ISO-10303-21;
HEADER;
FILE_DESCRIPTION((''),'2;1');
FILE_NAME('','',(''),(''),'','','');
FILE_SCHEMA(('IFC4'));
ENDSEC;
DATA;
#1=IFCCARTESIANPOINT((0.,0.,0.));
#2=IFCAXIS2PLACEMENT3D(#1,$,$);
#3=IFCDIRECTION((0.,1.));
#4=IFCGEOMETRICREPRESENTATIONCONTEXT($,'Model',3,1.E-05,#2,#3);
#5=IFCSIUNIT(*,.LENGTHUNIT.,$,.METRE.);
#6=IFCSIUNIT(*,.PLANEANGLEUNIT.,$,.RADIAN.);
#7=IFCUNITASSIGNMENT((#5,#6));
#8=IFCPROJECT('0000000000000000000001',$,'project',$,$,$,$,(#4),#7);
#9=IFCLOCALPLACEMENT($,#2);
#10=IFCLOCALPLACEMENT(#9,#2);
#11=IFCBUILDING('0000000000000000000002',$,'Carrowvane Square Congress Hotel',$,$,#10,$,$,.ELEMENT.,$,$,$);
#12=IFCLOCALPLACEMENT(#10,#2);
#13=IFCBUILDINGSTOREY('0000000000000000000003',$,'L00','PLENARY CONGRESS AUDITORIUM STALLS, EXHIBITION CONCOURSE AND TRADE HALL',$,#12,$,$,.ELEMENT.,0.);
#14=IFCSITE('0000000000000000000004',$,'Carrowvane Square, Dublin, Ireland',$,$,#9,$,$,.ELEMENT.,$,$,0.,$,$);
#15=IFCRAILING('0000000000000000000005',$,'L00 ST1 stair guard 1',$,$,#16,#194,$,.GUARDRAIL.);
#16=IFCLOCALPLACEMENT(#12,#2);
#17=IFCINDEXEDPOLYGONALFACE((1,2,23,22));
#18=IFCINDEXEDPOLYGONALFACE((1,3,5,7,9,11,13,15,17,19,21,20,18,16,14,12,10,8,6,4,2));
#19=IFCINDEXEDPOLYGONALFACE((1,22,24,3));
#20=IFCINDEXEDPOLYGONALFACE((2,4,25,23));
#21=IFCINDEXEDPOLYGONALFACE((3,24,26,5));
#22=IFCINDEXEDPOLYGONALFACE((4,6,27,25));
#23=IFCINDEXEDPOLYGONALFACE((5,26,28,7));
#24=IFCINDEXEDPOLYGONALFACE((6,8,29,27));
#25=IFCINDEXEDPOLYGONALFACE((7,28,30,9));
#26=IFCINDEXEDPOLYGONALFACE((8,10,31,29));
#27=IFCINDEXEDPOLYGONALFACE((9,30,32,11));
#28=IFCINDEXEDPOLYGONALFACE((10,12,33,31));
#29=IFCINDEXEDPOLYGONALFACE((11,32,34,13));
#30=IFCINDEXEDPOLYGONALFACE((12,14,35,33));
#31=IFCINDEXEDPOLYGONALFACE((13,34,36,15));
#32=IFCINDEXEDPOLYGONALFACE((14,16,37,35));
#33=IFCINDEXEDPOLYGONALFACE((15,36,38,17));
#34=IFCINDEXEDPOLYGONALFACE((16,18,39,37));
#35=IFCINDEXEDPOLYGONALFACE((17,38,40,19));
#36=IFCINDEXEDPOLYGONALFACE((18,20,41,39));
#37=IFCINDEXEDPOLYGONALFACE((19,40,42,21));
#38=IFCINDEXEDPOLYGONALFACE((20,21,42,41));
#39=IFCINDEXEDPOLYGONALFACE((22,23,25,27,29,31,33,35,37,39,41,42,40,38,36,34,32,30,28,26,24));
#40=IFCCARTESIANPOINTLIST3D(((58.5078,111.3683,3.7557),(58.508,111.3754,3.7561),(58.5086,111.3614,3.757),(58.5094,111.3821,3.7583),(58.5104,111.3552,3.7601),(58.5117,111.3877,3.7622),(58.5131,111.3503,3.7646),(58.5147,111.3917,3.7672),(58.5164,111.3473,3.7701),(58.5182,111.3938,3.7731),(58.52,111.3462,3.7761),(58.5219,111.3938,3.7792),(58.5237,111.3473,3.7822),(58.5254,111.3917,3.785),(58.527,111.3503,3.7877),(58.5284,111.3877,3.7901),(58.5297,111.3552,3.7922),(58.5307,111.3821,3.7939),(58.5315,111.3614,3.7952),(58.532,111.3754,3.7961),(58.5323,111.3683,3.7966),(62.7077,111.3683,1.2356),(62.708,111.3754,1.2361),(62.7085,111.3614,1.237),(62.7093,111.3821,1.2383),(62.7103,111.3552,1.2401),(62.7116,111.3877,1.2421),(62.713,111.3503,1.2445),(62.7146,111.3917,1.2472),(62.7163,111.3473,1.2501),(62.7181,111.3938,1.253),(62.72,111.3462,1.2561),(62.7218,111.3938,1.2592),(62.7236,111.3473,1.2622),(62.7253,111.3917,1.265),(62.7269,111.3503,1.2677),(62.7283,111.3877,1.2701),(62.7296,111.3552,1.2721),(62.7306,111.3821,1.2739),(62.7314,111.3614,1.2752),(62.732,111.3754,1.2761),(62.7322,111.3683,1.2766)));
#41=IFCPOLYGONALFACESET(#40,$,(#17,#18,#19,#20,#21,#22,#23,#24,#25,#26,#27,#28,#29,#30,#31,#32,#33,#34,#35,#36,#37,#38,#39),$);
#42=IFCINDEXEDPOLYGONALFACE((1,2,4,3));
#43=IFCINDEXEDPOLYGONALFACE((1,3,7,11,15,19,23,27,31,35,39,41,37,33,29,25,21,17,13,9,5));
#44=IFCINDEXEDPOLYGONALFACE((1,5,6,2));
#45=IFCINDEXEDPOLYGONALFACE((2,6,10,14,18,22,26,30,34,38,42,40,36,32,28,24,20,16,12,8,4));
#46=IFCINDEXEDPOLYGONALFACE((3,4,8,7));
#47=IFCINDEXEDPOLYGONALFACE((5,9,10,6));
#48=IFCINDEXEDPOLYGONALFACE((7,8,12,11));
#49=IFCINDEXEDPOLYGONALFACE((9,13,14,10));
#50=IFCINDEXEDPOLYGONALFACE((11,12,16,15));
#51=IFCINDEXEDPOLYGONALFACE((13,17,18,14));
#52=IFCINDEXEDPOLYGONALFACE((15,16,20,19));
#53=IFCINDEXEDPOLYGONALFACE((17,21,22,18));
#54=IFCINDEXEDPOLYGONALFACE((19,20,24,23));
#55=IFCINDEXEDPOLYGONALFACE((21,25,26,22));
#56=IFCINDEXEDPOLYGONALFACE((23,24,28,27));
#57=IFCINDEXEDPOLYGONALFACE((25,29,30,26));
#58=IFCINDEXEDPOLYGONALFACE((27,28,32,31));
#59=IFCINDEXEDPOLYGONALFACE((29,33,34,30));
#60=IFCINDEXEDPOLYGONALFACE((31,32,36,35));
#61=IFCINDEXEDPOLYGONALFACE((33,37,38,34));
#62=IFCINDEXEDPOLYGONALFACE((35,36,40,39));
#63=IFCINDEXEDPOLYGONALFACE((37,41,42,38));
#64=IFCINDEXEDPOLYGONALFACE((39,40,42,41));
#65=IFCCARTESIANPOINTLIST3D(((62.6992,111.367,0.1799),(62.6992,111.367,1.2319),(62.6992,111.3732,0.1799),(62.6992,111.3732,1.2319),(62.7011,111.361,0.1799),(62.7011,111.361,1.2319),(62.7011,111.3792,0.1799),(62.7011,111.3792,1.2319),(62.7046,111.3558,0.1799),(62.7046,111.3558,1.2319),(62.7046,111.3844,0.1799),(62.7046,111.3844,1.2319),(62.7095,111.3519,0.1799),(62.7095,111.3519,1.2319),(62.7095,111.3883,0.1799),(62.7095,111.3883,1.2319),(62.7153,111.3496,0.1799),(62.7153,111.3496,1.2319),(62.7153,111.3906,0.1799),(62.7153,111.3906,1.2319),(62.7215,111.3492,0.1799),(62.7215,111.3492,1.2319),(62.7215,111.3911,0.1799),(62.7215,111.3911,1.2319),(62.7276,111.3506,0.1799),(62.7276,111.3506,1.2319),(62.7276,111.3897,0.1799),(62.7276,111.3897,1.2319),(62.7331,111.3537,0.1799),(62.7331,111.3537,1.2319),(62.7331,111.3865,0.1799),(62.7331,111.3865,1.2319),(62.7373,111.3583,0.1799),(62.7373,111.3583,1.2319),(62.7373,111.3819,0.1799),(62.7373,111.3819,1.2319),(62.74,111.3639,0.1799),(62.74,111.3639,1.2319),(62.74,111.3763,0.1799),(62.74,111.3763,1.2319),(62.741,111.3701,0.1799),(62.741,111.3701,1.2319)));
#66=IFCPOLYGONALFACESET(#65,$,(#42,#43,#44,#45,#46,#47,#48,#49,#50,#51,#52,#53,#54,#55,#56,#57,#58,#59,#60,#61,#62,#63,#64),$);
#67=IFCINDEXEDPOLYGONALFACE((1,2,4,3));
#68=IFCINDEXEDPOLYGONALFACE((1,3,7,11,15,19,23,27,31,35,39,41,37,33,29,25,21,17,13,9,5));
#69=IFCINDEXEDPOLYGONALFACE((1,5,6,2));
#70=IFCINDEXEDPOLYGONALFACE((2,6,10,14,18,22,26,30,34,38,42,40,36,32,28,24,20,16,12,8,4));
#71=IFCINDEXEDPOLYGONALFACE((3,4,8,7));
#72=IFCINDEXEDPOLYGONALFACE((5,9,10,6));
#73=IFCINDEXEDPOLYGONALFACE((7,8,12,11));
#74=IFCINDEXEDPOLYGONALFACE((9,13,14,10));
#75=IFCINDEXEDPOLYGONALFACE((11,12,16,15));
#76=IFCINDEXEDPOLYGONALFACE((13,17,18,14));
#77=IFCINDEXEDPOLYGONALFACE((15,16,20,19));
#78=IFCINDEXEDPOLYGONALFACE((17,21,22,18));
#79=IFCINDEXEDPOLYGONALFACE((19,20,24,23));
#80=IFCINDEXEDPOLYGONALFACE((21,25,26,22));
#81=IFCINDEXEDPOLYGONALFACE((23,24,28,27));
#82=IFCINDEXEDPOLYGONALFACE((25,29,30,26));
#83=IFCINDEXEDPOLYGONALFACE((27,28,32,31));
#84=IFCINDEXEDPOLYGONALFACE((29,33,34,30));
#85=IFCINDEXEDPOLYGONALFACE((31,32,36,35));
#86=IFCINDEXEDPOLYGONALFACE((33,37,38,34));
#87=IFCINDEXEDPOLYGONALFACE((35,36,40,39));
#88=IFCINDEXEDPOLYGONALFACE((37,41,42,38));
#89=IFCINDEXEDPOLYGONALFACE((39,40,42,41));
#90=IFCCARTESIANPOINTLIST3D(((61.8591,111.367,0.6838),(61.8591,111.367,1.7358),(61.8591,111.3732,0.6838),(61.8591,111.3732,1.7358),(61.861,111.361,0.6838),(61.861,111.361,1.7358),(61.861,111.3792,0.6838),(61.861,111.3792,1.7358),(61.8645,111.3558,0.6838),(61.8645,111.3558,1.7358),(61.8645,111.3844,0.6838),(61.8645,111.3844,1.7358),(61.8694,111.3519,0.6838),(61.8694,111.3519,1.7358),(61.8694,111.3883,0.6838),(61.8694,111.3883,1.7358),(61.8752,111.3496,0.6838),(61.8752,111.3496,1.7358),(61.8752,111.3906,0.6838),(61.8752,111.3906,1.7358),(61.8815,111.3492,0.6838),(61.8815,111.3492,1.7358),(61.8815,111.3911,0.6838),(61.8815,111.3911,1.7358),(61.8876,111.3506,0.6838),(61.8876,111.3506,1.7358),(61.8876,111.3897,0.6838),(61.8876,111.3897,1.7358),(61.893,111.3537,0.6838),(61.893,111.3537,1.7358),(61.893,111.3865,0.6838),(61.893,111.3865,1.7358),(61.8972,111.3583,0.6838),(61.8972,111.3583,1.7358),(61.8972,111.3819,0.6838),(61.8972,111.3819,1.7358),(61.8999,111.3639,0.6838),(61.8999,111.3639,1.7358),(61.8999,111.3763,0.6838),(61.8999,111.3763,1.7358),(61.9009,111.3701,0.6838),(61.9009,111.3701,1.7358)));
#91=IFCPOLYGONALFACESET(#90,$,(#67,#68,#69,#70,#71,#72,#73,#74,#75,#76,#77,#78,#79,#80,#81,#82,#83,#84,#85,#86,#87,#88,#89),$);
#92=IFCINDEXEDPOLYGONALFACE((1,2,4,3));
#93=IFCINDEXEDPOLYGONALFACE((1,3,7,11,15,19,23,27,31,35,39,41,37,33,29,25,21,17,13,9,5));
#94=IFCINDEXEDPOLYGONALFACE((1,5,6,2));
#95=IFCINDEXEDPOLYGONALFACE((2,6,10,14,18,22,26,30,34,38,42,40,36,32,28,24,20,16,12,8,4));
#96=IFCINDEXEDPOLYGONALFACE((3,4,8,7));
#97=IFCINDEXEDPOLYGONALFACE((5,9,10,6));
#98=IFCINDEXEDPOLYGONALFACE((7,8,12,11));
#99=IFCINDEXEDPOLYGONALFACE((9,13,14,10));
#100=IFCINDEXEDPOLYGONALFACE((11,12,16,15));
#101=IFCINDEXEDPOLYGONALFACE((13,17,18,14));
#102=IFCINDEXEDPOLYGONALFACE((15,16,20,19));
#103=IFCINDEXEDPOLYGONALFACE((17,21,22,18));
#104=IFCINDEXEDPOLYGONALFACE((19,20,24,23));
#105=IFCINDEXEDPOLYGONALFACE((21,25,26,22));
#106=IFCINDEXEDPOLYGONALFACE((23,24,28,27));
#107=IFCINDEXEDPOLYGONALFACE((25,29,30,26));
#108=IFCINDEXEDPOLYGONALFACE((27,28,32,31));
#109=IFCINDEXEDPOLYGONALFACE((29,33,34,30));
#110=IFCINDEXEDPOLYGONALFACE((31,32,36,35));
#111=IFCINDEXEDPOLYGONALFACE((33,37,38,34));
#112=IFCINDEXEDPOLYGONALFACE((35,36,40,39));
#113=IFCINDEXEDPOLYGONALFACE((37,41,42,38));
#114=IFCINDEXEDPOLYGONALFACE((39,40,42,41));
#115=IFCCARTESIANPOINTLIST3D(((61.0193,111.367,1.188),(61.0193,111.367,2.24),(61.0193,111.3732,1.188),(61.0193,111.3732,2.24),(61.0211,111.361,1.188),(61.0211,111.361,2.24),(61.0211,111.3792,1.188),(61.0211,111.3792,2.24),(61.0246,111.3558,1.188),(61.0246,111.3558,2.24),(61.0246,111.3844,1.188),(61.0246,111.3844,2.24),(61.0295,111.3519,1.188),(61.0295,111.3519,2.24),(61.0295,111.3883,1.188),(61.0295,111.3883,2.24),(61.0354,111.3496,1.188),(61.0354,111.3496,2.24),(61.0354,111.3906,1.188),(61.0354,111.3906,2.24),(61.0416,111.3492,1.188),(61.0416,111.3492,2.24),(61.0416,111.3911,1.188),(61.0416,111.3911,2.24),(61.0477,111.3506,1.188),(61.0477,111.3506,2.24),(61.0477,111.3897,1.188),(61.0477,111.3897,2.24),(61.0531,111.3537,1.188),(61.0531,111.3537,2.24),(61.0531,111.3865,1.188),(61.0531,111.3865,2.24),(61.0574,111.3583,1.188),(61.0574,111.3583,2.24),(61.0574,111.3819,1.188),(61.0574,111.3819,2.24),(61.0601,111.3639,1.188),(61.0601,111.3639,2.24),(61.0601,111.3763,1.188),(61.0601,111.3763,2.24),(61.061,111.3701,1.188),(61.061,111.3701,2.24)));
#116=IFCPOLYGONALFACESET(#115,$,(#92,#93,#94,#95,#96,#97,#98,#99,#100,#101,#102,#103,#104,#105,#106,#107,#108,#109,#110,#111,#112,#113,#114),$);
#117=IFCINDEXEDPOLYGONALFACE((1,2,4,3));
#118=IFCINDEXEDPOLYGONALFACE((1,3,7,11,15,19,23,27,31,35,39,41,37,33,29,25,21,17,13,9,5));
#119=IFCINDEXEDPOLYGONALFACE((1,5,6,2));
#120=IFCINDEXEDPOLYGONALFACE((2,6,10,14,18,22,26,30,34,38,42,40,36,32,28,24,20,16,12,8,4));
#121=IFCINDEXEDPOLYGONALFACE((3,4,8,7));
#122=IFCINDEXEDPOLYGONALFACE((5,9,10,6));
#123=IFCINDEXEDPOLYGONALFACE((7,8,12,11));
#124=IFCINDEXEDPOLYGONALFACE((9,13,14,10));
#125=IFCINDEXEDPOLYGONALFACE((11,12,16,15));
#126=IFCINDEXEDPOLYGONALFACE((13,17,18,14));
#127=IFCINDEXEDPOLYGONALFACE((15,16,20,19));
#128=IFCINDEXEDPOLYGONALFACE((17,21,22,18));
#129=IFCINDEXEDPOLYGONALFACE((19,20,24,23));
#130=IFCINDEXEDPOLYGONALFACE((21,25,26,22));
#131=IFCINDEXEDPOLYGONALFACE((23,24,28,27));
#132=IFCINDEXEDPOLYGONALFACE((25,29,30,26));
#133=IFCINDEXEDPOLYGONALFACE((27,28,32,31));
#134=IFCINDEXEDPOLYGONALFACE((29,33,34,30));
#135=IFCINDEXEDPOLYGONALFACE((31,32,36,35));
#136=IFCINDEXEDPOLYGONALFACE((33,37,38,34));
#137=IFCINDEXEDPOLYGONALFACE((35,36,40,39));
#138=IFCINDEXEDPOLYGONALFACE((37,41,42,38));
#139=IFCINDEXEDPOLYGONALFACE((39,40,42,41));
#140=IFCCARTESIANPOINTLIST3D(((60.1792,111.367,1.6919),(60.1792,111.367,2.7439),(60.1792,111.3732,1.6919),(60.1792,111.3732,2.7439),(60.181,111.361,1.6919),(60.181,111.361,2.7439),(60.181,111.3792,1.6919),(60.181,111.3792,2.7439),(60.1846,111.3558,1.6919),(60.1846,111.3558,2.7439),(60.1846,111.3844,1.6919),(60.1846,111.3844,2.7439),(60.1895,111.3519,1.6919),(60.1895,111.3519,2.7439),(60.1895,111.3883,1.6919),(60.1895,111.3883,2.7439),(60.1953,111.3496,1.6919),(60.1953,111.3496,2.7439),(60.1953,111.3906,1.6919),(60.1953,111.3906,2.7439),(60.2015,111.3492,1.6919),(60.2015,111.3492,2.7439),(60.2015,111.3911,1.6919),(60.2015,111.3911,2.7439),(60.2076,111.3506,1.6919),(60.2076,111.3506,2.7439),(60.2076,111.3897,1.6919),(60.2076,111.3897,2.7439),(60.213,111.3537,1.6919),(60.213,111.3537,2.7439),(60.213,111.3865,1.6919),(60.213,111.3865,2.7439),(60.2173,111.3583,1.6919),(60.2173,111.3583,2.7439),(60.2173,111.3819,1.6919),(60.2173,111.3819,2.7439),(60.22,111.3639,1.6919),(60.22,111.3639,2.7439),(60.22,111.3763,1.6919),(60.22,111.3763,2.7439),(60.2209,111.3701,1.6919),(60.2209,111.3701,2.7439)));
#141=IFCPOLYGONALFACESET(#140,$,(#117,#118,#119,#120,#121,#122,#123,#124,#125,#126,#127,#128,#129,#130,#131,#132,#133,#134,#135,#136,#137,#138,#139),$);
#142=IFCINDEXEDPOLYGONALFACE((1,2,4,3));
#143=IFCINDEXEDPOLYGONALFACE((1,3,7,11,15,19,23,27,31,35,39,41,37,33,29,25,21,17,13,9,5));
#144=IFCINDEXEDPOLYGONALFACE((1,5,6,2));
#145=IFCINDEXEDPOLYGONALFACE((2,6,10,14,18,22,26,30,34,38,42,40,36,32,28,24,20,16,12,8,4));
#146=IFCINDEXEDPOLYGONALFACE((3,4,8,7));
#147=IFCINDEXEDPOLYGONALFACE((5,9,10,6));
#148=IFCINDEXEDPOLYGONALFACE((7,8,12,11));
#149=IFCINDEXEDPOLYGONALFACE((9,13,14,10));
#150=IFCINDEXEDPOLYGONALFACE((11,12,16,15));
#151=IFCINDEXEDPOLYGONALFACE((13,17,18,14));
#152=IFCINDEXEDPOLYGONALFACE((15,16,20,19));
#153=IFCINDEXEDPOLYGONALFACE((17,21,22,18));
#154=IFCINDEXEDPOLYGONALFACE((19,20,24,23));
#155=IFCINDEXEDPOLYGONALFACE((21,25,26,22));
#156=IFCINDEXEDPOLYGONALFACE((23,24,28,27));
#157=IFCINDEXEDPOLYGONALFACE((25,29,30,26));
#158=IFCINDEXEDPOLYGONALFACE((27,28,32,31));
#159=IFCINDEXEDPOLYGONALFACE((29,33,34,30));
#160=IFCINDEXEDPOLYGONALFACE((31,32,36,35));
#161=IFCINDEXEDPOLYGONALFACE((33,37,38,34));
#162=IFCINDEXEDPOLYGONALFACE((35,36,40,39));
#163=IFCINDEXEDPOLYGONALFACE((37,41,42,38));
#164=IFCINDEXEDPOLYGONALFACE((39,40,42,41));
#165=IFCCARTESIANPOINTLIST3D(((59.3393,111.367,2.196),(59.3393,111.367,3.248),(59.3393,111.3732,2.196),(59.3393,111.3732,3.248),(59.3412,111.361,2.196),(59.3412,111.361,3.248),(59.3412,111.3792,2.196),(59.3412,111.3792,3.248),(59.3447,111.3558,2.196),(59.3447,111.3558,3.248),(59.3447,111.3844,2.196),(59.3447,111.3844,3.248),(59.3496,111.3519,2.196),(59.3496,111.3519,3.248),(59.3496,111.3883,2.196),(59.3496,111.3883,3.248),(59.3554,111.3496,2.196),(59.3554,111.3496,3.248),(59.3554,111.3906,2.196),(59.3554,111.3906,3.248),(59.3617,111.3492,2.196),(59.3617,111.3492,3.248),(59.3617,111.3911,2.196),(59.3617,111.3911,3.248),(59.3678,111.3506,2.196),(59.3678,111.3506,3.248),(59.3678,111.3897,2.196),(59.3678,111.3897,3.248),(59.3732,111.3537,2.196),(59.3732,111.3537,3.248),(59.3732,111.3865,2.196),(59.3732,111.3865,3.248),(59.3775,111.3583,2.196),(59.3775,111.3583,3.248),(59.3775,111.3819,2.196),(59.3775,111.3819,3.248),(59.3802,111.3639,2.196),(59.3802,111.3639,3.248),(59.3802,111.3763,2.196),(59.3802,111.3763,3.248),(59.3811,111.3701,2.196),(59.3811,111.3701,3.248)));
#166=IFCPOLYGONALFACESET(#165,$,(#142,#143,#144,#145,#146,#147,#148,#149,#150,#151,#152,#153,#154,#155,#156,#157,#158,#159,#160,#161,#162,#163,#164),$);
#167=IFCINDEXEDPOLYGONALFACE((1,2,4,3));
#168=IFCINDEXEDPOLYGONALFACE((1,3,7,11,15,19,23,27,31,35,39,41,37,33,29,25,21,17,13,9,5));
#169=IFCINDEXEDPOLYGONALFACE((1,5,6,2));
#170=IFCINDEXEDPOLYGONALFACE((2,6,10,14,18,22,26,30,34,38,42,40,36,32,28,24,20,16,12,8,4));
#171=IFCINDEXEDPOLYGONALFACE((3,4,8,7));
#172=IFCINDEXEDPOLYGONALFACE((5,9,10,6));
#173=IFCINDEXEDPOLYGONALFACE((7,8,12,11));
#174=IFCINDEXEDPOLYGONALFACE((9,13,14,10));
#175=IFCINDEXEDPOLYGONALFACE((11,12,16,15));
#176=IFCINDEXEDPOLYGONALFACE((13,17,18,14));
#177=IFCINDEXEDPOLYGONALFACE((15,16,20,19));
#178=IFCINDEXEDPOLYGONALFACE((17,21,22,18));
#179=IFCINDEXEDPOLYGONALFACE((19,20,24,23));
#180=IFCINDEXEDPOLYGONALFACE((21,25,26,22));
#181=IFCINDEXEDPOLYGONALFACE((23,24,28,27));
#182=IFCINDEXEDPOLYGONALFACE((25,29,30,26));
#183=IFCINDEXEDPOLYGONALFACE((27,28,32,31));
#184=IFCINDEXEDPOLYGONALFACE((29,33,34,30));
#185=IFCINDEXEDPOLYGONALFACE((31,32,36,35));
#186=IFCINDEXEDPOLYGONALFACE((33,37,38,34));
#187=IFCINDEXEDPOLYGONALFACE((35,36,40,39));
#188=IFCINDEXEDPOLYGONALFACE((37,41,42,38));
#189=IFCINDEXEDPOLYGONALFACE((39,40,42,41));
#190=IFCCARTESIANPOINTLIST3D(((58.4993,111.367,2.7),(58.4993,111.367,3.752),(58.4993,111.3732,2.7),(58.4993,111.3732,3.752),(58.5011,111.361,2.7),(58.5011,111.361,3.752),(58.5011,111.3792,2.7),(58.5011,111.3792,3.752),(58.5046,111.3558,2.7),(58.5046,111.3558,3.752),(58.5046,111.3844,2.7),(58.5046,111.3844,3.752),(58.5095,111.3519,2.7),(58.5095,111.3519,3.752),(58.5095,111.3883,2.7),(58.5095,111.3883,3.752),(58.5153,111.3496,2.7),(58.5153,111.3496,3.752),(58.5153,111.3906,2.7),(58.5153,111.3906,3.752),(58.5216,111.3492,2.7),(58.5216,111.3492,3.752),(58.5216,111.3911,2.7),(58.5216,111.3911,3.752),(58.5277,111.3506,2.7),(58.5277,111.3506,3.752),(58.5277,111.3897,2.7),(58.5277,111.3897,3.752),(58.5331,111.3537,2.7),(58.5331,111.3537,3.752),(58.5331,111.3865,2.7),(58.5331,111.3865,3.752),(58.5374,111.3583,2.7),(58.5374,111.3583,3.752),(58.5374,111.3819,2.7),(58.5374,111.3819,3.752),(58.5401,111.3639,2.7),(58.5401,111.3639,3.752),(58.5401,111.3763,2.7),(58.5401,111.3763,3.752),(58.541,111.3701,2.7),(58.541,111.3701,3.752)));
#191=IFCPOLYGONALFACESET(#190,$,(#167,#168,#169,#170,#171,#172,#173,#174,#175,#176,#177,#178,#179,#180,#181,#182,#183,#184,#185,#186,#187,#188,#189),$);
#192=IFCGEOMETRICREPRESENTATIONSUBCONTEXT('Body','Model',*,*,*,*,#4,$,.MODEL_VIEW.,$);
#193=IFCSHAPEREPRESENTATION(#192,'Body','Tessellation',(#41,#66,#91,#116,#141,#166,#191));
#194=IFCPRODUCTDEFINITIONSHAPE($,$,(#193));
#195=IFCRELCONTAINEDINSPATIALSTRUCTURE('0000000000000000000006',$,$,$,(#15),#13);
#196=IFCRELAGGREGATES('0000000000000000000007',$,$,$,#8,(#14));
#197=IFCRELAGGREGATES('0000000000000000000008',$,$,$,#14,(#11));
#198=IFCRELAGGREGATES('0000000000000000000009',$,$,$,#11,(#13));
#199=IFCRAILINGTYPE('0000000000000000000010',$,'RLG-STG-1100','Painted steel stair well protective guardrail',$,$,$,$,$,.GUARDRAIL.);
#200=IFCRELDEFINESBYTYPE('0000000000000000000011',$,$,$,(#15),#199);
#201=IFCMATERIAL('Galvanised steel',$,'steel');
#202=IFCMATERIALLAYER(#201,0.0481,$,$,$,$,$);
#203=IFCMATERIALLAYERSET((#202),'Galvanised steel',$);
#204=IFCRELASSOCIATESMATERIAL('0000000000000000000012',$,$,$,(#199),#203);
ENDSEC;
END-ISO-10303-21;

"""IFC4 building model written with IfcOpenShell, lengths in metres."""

from ifc_helpers import new_model, si_unit, direction, frame, origin, origin_2d, place, context, subcontext, project, spatial, circle, extrude, material, layer, layer_set, type_object, element, save


model = new_model("IFC4")

# Units and contexts
model_context = context("Model", 3, precision=1e-05, world=origin(), true_north=direction((0.0, 1.0)))
body_context = subcontext(model_context, "Body", "Model", "MODEL_VIEW")
ifc_project = project(units=[si_unit("LENGTHUNIT", "METRE"), si_unit("PLANEANGLEUNIT", "RADIAN")], contexts=[model_context])

# Site, building, storey
site_placement = place(None, origin())
site = spatial("IfcSite", under=ifc_project, at=site_placement, Name="Carrowvane Square, Dublin, Ireland", CompositionType="ELEMENT", RefElevation=0.0)
building_placement = place(site_placement, origin())
building = spatial("IfcBuilding", under=site, at=building_placement, Name="Carrowvane Square Congress Hotel", CompositionType="ELEMENT")
storey_placement = place(building_placement, origin())
storey = spatial("IfcBuildingStorey", under=building, at=storey_placement, Name="L00", Description="PLENARY CONGRESS AUDITORIUM STALLS, EXHIBITION CONCOURSE AND TRADE HALL", CompositionType="ELEMENT", Elevation=0.0)

# Railing
ifc_material_1 = material(Name="Galvanised steel", Category="steel")
ifc_layer_1 = layer(ifc_material_1, 0.0481)
ifc_layer_set_1 = layer_set([ifc_layer_1], Name="Galvanised steel")
railing_type_1 = type_object("IfcRailingType", Name="RLG-STG-1100", Description="Painted steel stair well protective guardrail", PredefinedType="GUARDRAIL", material=ifc_layer_set_1)
railing_1_placement = place(storey_placement, frame((62.72, 111.3701, 0.1799)))
element("IfcRailing", 1, at=railing_1_placement, inside=storey, type_object=railing_type_1, Name="L00 ST1 stair guard 1", PredefinedType="GUARDRAIL", context=body_context, shape_type="SweptSolid", body=[
    extrude(circle(Radius=0.0239, at=origin_2d()), frame((0.0, 0.0, 1.0762), z_axis=(-0.857489, 0.0, 0.514503), x_axis=(0.0, -1.0, 0.0)), (0.0, 0.0, 1.0), 4.8979),
    extrude(circle(Radius=0.021, at=origin_2d()), origin(), (0.0, 0.0, 1.0), 1.052),
    extrude(circle(Radius=0.021, at=origin_2d()), frame((-0.8401, 0.0, 0.5039)), (0.0, 0.0, 1.0), 1.052),
    extrude(circle(Radius=0.021, at=origin_2d()), frame((-1.6799, 0.0, 1.0081)), (0.0, 0.0, 1.0), 1.052),
    extrude(circle(Radius=0.021, at=origin_2d()), frame((-2.52, 0.0, 1.512)), (0.0, 0.0, 1.0), 1.052),
    extrude(circle(Radius=0.021, at=origin_2d()), frame((-3.3599, 0.0, 2.0161)), (0.0, 0.0, 1.0), 1.052),
    extrude(circle(Radius=0.021, at=origin_2d()), frame((-4.2, 0.0, 2.52)), (0.0, 0.0, 1.0), 1.052),
])

save(model, "model.ifc")
